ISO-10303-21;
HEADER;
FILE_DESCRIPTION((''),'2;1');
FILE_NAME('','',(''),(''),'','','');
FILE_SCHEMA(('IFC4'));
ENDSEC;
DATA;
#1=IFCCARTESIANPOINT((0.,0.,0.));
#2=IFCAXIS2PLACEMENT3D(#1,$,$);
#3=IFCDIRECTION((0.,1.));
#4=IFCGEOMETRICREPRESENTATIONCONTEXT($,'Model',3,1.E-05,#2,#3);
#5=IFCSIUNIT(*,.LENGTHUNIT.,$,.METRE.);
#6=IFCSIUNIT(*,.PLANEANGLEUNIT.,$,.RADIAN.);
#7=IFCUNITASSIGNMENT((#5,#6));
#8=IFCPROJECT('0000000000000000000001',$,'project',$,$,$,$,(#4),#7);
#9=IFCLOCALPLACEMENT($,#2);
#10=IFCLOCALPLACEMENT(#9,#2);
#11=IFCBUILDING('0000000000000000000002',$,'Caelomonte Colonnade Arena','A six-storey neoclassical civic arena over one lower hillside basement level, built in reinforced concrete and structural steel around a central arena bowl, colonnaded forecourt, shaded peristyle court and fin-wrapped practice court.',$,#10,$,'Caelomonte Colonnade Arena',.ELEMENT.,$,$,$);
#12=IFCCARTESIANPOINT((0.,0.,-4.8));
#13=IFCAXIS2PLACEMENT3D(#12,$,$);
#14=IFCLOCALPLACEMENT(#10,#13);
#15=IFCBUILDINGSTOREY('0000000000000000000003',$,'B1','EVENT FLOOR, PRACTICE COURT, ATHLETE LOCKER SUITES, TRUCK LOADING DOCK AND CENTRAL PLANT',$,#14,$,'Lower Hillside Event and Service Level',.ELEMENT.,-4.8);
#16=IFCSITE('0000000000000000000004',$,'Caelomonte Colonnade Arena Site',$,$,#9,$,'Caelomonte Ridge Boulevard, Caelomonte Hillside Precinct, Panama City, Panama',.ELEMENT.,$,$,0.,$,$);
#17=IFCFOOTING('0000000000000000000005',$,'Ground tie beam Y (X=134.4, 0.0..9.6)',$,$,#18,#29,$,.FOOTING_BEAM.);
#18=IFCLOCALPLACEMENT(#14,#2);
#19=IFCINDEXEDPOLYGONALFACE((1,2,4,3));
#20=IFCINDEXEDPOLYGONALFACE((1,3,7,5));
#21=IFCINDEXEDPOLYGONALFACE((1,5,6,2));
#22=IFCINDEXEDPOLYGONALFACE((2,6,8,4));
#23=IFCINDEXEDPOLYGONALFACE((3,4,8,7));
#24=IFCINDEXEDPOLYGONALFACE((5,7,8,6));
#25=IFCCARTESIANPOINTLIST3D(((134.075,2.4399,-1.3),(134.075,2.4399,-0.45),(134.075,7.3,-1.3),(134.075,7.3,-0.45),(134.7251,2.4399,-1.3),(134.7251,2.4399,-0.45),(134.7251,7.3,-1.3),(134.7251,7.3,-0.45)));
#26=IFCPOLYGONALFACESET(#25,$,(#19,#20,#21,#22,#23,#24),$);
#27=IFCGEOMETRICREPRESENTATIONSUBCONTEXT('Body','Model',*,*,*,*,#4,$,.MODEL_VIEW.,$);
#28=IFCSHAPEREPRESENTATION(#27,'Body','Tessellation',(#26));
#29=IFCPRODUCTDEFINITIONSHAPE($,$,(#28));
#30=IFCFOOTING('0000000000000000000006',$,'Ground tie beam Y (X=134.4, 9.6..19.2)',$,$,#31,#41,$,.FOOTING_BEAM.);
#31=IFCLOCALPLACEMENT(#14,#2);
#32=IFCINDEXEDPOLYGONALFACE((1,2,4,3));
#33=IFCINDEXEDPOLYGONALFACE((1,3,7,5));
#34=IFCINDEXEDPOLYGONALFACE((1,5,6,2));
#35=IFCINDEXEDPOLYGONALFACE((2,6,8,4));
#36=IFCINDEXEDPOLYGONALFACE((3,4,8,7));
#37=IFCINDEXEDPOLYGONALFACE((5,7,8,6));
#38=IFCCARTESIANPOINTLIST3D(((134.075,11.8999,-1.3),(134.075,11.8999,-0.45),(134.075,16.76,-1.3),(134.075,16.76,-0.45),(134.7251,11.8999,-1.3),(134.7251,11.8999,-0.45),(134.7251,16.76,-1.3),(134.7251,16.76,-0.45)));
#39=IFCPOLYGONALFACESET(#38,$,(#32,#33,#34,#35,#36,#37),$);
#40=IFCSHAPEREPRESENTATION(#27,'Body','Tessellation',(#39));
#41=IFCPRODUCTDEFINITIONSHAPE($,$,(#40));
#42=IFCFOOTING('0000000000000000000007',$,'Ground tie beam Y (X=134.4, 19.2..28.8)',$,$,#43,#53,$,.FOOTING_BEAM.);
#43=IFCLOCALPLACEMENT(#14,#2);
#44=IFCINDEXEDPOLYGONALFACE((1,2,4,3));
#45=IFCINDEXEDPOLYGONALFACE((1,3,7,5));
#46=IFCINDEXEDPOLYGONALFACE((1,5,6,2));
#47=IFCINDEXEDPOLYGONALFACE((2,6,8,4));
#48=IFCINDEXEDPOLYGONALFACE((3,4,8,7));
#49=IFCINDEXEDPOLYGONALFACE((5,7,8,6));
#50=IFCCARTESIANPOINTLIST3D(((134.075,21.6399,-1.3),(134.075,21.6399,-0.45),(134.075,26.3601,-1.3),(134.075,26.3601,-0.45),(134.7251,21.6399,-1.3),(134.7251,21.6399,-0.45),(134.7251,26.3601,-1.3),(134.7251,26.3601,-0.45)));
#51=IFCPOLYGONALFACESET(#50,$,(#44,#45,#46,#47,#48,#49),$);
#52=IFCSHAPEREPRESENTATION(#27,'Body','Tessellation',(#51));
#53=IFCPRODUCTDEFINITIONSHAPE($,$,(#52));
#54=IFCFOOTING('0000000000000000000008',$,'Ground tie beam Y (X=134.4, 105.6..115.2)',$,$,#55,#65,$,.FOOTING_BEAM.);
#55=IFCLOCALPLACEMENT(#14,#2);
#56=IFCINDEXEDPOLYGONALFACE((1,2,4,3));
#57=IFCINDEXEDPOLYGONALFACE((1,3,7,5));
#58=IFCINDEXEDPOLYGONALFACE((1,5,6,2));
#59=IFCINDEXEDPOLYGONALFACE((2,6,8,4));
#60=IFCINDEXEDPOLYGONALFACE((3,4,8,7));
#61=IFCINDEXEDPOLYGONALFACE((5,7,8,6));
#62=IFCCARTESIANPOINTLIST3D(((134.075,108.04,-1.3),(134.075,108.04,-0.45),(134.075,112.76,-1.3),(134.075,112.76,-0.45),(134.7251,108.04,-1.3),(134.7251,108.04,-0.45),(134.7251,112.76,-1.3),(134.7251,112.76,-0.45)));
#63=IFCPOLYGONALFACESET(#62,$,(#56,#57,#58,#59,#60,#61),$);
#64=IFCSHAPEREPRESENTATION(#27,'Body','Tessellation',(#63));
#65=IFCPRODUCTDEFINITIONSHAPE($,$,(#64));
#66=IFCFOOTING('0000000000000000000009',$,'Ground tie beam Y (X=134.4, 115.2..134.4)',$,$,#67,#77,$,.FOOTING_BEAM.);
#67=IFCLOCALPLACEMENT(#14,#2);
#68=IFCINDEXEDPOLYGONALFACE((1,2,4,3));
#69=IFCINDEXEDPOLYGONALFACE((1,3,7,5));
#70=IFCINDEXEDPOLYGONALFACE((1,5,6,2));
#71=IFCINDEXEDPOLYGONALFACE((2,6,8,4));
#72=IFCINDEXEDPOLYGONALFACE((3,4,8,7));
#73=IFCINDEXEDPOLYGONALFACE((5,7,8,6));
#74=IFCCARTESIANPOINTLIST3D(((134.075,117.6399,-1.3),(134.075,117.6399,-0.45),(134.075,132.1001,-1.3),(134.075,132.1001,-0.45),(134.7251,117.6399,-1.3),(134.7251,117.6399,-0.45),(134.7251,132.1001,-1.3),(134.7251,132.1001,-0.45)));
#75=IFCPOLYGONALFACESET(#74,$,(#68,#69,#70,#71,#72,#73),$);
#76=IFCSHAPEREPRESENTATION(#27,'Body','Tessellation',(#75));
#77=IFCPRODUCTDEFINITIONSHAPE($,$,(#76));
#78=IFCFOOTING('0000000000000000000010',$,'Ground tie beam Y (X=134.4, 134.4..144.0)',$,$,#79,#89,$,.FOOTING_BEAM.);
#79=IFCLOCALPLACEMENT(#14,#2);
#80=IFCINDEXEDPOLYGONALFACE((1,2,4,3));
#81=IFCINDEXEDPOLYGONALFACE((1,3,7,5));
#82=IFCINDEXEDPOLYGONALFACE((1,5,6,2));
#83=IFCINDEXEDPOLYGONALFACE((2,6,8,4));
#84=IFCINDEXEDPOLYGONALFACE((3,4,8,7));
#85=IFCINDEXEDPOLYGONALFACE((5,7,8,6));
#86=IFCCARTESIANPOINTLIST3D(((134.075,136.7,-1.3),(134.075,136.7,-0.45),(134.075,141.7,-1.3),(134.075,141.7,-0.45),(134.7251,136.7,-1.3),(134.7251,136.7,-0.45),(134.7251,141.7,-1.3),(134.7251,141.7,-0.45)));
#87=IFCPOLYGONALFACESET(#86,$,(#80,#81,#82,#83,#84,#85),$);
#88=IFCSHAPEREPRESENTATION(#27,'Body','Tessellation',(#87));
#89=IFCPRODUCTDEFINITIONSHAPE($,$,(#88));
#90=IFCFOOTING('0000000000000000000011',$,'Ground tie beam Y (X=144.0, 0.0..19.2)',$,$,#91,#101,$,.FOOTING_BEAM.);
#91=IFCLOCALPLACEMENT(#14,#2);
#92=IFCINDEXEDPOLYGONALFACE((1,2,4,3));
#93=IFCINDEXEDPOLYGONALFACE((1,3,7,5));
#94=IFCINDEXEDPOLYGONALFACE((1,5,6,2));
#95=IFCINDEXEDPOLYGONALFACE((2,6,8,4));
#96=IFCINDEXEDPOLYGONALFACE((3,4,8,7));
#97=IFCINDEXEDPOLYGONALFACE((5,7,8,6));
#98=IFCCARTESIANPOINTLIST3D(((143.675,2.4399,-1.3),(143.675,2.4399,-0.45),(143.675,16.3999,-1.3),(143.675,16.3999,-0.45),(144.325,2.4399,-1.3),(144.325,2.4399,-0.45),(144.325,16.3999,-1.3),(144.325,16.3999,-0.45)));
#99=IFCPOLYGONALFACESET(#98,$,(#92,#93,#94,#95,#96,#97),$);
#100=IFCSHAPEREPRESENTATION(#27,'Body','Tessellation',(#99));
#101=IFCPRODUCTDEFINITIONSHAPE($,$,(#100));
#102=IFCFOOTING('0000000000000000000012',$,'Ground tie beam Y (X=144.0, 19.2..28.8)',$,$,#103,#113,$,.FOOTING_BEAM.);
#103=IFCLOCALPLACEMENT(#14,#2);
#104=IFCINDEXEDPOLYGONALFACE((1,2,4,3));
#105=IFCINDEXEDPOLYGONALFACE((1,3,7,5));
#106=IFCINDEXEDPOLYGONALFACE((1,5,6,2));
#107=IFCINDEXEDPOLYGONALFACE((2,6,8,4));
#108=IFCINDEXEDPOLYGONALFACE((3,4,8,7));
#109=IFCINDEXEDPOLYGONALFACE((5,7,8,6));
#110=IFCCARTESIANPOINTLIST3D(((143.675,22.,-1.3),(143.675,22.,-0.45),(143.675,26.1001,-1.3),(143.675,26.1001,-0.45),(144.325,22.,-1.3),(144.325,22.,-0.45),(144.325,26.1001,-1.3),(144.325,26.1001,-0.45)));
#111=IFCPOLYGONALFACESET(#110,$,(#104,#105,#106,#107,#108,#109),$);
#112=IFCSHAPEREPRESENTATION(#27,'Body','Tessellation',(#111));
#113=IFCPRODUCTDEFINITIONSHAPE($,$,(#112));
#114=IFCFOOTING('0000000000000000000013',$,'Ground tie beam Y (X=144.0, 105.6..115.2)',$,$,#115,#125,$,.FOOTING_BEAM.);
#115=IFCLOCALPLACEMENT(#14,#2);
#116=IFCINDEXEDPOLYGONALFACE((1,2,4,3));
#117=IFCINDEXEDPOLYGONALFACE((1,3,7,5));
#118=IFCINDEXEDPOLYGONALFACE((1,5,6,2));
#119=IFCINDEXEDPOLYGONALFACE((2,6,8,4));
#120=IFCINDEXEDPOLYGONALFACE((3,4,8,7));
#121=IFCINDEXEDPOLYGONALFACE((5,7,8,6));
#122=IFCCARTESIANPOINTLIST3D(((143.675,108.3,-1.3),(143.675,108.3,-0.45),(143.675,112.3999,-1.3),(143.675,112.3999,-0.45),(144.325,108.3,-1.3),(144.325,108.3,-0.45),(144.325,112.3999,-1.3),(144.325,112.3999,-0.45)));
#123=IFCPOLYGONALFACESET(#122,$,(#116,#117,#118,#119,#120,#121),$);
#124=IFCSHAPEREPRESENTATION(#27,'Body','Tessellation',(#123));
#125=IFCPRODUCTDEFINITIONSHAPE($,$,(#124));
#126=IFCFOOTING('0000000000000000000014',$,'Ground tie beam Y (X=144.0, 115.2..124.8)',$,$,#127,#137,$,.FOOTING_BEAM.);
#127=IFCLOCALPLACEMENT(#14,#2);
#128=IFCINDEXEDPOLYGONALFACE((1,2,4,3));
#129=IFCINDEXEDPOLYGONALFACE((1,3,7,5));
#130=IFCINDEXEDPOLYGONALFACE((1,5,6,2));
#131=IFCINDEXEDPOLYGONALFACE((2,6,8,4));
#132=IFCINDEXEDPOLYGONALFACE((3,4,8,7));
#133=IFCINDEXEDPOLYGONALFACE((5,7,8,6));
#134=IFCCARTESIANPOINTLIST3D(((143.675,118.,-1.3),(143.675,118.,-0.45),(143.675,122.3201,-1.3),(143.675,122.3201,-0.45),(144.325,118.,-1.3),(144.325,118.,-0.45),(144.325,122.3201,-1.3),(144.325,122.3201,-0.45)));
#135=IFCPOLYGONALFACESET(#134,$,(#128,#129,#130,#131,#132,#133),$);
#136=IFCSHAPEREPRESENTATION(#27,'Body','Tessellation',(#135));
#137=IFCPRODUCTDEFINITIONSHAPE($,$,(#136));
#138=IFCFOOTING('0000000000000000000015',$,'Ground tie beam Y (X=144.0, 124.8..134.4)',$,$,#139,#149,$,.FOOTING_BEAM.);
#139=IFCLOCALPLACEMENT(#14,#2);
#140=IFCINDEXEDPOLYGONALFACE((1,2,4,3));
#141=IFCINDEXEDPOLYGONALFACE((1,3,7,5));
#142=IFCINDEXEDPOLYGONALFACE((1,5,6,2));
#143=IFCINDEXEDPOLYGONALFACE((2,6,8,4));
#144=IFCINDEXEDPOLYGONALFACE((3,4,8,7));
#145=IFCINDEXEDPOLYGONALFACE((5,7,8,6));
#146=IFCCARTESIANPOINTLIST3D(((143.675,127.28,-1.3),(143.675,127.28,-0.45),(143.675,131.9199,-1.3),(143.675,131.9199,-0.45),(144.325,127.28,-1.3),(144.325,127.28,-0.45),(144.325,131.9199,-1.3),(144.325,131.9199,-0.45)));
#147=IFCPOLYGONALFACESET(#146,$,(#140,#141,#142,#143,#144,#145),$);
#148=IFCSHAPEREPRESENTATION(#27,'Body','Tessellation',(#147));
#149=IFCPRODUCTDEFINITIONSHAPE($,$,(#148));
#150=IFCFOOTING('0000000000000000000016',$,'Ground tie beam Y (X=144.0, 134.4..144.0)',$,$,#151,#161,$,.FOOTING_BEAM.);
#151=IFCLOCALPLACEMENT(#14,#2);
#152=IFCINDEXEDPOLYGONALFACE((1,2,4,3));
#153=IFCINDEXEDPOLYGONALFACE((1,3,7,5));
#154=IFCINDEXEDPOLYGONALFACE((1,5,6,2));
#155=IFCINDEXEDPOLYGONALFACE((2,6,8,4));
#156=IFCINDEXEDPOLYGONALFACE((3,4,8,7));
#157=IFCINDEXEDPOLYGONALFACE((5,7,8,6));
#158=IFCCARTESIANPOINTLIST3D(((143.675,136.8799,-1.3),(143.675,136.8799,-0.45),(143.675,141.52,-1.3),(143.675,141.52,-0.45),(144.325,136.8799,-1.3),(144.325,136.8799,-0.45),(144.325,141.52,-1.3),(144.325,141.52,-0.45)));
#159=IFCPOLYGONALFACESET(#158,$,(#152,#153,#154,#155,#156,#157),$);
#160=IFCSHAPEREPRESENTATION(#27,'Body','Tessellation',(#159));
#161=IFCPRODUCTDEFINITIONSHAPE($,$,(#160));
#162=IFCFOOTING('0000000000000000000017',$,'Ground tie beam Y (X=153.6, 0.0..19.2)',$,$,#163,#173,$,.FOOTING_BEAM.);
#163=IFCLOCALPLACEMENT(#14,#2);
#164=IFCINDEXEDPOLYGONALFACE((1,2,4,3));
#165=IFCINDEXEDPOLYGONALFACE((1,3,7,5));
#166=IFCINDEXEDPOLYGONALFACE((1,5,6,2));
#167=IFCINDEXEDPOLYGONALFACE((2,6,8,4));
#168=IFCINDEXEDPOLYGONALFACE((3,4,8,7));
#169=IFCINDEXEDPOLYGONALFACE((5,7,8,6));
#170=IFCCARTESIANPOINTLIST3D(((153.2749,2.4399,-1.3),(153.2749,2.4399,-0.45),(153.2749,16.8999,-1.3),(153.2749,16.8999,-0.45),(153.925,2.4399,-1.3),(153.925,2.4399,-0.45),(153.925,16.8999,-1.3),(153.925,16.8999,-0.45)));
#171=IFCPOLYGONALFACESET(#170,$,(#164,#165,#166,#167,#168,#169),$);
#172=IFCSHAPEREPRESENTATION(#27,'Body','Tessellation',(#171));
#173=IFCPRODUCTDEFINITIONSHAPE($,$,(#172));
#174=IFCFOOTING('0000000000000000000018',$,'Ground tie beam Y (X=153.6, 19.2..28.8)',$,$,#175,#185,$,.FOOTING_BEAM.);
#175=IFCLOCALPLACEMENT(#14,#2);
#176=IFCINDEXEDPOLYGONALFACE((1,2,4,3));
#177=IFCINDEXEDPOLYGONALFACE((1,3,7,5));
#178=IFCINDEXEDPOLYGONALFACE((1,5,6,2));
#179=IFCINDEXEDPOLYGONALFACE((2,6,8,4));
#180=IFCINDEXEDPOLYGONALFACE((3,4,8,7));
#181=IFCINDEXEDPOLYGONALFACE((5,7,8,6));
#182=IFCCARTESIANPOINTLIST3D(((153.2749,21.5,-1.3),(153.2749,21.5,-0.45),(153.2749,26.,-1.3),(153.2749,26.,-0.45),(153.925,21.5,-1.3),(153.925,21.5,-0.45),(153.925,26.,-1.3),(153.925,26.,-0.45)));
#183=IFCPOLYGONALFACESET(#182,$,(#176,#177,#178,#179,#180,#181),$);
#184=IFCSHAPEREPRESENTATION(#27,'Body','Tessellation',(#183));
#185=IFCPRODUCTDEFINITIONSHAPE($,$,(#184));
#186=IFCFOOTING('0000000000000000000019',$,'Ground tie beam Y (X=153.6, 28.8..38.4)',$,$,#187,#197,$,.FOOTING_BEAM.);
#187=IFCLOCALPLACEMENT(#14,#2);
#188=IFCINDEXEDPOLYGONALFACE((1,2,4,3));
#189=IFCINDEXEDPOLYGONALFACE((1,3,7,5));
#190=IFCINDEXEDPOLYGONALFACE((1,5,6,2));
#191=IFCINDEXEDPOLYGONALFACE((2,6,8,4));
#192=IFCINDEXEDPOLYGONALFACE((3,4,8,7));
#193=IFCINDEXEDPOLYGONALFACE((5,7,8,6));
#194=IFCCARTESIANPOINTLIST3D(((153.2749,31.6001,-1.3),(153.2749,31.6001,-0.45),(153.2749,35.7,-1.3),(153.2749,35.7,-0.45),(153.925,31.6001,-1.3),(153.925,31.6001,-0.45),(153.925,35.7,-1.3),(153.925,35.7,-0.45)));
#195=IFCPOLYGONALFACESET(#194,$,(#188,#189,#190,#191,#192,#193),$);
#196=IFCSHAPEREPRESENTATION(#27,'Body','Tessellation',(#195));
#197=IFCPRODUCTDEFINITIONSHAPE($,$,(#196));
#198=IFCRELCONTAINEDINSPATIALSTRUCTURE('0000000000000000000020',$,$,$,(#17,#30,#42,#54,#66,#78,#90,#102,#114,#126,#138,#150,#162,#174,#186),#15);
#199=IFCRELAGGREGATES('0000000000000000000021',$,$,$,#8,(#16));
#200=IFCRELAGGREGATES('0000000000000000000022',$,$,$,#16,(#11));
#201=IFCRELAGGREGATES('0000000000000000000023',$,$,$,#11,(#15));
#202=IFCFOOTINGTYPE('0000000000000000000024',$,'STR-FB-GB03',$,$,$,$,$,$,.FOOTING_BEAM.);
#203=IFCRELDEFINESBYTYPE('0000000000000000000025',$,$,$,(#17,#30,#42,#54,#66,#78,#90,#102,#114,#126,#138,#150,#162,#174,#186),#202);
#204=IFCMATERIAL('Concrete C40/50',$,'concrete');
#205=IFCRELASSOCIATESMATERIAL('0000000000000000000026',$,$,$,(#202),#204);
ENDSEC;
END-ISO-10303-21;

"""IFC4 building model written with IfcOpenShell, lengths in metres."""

from ifc_helpers import new_model, si_unit, direction, frame, origin, place, context, subcontext, project, spatial, polyline, outline, extrude, material, type_object, element, save


model = new_model("IFC4")

# Units and contexts
model_context = context("Model", 3, precision=1e-05, world=origin(), true_north=direction((0.0, 1.0)))
body_context = subcontext(model_context, "Body", "Model", "MODEL_VIEW")
ifc_project = project(units=[si_unit("LENGTHUNIT", "METRE"), si_unit("PLANEANGLEUNIT", "RADIAN")], contexts=[model_context])

# Site, building, storey
site_placement = place(None, origin())
site = spatial("IfcSite", under=ifc_project, at=site_placement, Name="Caelomonte Colonnade Arena Site", LongName="Caelomonte Ridge Boulevard, Caelomonte Hillside Precinct, Panama City, Panama", CompositionType="ELEMENT", RefElevation=0.0)
building_placement = place(site_placement, origin())
building = spatial("IfcBuilding", under=site, at=building_placement, Name="Caelomonte Colonnade Arena", Description="A six-storey neoclassical civic arena over one lower hillside basement level, built in reinforced concrete and structural steel around a central arena bowl, colonnaded forecourt, shaded peristyle court and fin-wrapped practice court.", LongName="Caelomonte Colonnade Arena", CompositionType="ELEMENT")
storey_placement = place(building_placement, frame((0.0, 0.0, -4.8)))
storey = spatial("IfcBuildingStorey", under=building, at=storey_placement, Name="B1", Description="EVENT FLOOR, PRACTICE COURT, ATHLETE LOCKER SUITES, TRUCK LOADING DOCK AND CENTRAL PLANT", LongName="Lower Hillside Event and Service Level", CompositionType="ELEMENT", Elevation=-4.8)

# Footings
ifc_material = material(Name="Concrete C40/50", Category="concrete")
footing_type_1 = type_object("IfcFootingType", Name="STR-FB-GB03", PredefinedType="FOOTING_BEAM", material=ifc_material)
footing_1_placement = place(storey_placement, frame((0.0, 0.0, -1.3)))
element("IfcFooting", 1, at=footing_1_placement, inside=storey, type_object=footing_type_1, Name="Ground tie beam Y (X=134.4, 0.0..9.6)", PredefinedType="FOOTING_BEAM", context=body_context, shape_type="SweptSolid", body=[
    extrude(outline(polyline([(134.075, 2.4399), (134.7251, 2.4399), (134.7251, 7.3), (134.075, 7.3), (134.075, 2.4399)])), origin(), (0.0, 0.0, 1.0), 0.8501),
])
footing_2_placement = place(storey_placement, frame((0.0, 0.0, -1.3)))
element("IfcFooting", 2, at=footing_2_placement, inside=storey, type_object=footing_type_1, Name="Ground tie beam Y (X=134.4, 9.6..19.2)", PredefinedType="FOOTING_BEAM", context=body_context, shape_type="SweptSolid", body=[
    extrude(outline(polyline([(134.075, 11.8999), (134.7251, 11.8999), (134.7251, 16.76), (134.075, 16.76), (134.075, 11.8999)])), origin(), (0.0, 0.0, 1.0), 0.8501),
])
footing_3_placement = place(storey_placement, frame((0.0, 0.0, -1.3)))
element("IfcFooting", 3, at=footing_3_placement, inside=storey, type_object=footing_type_1, Name="Ground tie beam Y (X=134.4, 19.2..28.8)", PredefinedType="FOOTING_BEAM", context=body_context, shape_type="SweptSolid", body=[
    extrude(outline(polyline([(134.075, 21.6399), (134.7251, 21.6399), (134.7251, 26.3601), (134.075, 26.3601), (134.075, 21.6399)])), origin(), (0.0, 0.0, 1.0), 0.8501),
])
footing_4_placement = place(storey_placement, frame((0.0, 0.0, -1.3)))
element("IfcFooting", 4, at=footing_4_placement, inside=storey, type_object=footing_type_1, Name="Ground tie beam Y (X=134.4, 105.6..115.2)", PredefinedType="FOOTING_BEAM", context=body_context, shape_type="SweptSolid", body=[
    extrude(outline(polyline([(134.075, 108.04), (134.7251, 108.04), (134.7251, 112.76), (134.075, 112.76), (134.075, 108.04)])), origin(), (0.0, 0.0, 1.0), 0.8501),
])
footing_5_placement = place(storey_placement, frame((0.0, 0.0, -1.3)))
element("IfcFooting", 5, at=footing_5_placement, inside=storey, type_object=footing_type_1, Name="Ground tie beam Y (X=134.4, 115.2..134.4)", PredefinedType="FOOTING_BEAM", context=body_context, shape_type="SweptSolid", body=[
    extrude(outline(polyline([(134.075, 117.6399), (134.7251, 117.6399), (134.7251, 132.1001), (134.075, 132.1001), (134.075, 117.6399)])), origin(), (0.0, 0.0, 1.0), 0.8501),
])
footing_6_placement = place(storey_placement, frame((0.0, 0.0, -1.3)))
element("IfcFooting", 6, at=footing_6_placement, inside=storey, type_object=footing_type_1, Name="Ground tie beam Y (X=134.4, 134.4..144.0)", PredefinedType="FOOTING_BEAM", context=body_context, shape_type="SweptSolid", body=[
    extrude(outline(polyline([(134.075, 136.7), (134.7251, 136.7), (134.7251, 141.7), (134.075, 141.7), (134.075, 136.7)])), origin(), (0.0, 0.0, 1.0), 0.8501),
])
footing_7_placement = place(storey_placement, frame((0.0, 0.0, -1.3)))
element("IfcFooting", 7, at=footing_7_placement, inside=storey, type_object=footing_type_1, Name="Ground tie beam Y (X=144.0, 0.0..19.2)", PredefinedType="FOOTING_BEAM", context=body_context, shape_type="SweptSolid", body=[
    extrude(outline(polyline([(143.675, 2.4399), (144.325, 2.4399), (144.325, 16.3999), (143.675, 16.3999), (143.675, 2.4399)])), origin(), (0.0, 0.0, 1.0), 0.8501),
])
footing_8_placement = place(storey_placement, frame((0.0, 0.0, -1.3)))
element("IfcFooting", 8, at=footing_8_placement, inside=storey, type_object=footing_type_1, Name="Ground tie beam Y (X=144.0, 19.2..28.8)", PredefinedType="FOOTING_BEAM", context=body_context, shape_type="SweptSolid", body=[
    extrude(outline(polyline([(143.675, 22.0), (144.325, 22.0), (144.325, 26.1001), (143.675, 26.1001), (143.675, 22.0)])), origin(), (0.0, 0.0, 1.0), 0.8501),
])
footing_9_placement = place(storey_placement, frame((0.0, 0.0, -1.3)))
element("IfcFooting", 9, at=footing_9_placement, inside=storey, type_object=footing_type_1, Name="Ground tie beam Y (X=144.0, 105.6..115.2)", PredefinedType="FOOTING_BEAM", context=body_context, shape_type="SweptSolid", body=[
    extrude(outline(polyline([(143.675, 108.3), (144.325, 108.3), (144.325, 112.3999), (143.675, 112.3999), (143.675, 108.3)])), origin(), (0.0, 0.0, 1.0), 0.8501),
])
footing_10_placement = place(storey_placement, frame((0.0, 0.0, -1.3)))
element("IfcFooting", 10, at=footing_10_placement, inside=storey, type_object=footing_type_1, Name="Ground tie beam Y (X=144.0, 115.2..124.8)", PredefinedType="FOOTING_BEAM", context=body_context, shape_type="SweptSolid", body=[
    extrude(outline(polyline([(143.675, 118.0), (144.325, 118.0), (144.325, 122.3201), (143.675, 122.3201), (143.675, 118.0)])), origin(), (0.0, 0.0, 1.0), 0.8501),
])
footing_11_placement = place(storey_placement, frame((0.0, 0.0, -1.3)))
element("IfcFooting", 11, at=footing_11_placement, inside=storey, type_object=footing_type_1, Name="Ground tie beam Y (X=144.0, 124.8..134.4)", PredefinedType="FOOTING_BEAM", context=body_context, shape_type="SweptSolid", body=[
    extrude(outline(polyline([(143.675, 127.28), (144.325, 127.28), (144.325, 131.9199), (143.675, 131.9199), (143.675, 127.28)])), origin(), (0.0, 0.0, 1.0), 0.8501),
])
footing_12_placement = place(storey_placement, frame((0.0, 0.0, -1.3)))
element("IfcFooting", 12, at=footing_12_placement, inside=storey, type_object=footing_type_1, Name="Ground tie beam Y (X=144.0, 134.4..144.0)", PredefinedType="FOOTING_BEAM", context=body_context, shape_type="SweptSolid", body=[
    extrude(outline(polyline([(143.675, 136.8799), (144.325, 136.8799), (144.325, 141.52), (143.675, 141.52), (143.675, 136.8799)])), origin(), (0.0, 0.0, 1.0), 0.8501),
])
footing_13_placement = place(storey_placement, frame((0.0, 0.0, -1.3)))
element("IfcFooting", 13, at=footing_13_placement, inside=storey, type_object=footing_type_1, Name="Ground tie beam Y (X=153.6, 0.0..19.2)", PredefinedType="FOOTING_BEAM", context=body_context, shape_type="SweptSolid", body=[
    extrude(outline(polyline([(153.2749, 2.4399), (153.925, 2.4399), (153.925, 16.8999), (153.2749, 16.8999), (153.2749, 2.4399)])), origin(), (0.0, 0.0, 1.0), 0.8501),
])
footing_14_placement = place(storey_placement, frame((0.0, 0.0, -1.3)))
element("IfcFooting", 14, at=footing_14_placement, inside=storey, type_object=footing_type_1, Name="Ground tie beam Y (X=153.6, 19.2..28.8)", PredefinedType="FOOTING_BEAM", context=body_context, shape_type="SweptSolid", body=[
    extrude(outline(polyline([(153.2749, 21.5), (153.925, 21.5), (153.925, 26.0), (153.2749, 26.0), (153.2749, 21.5)])), origin(), (0.0, 0.0, 1.0), 0.8501),
])
footing_15_placement = place(storey_placement, frame((0.0, 0.0, -1.3)))
element("IfcFooting", 15, at=footing_15_placement, inside=storey, type_object=footing_type_1, Name="Ground tie beam Y (X=153.6, 28.8..38.4)", PredefinedType="FOOTING_BEAM", context=body_context, shape_type="SweptSolid", body=[
    extrude(outline(polyline([(153.2749, 31.6001), (153.925, 31.6001), (153.925, 35.7), (153.2749, 35.7), (153.2749, 31.6001)])), origin(), (0.0, 0.0, 1.0), 0.8501),
])

save(model, "model.ifc")
